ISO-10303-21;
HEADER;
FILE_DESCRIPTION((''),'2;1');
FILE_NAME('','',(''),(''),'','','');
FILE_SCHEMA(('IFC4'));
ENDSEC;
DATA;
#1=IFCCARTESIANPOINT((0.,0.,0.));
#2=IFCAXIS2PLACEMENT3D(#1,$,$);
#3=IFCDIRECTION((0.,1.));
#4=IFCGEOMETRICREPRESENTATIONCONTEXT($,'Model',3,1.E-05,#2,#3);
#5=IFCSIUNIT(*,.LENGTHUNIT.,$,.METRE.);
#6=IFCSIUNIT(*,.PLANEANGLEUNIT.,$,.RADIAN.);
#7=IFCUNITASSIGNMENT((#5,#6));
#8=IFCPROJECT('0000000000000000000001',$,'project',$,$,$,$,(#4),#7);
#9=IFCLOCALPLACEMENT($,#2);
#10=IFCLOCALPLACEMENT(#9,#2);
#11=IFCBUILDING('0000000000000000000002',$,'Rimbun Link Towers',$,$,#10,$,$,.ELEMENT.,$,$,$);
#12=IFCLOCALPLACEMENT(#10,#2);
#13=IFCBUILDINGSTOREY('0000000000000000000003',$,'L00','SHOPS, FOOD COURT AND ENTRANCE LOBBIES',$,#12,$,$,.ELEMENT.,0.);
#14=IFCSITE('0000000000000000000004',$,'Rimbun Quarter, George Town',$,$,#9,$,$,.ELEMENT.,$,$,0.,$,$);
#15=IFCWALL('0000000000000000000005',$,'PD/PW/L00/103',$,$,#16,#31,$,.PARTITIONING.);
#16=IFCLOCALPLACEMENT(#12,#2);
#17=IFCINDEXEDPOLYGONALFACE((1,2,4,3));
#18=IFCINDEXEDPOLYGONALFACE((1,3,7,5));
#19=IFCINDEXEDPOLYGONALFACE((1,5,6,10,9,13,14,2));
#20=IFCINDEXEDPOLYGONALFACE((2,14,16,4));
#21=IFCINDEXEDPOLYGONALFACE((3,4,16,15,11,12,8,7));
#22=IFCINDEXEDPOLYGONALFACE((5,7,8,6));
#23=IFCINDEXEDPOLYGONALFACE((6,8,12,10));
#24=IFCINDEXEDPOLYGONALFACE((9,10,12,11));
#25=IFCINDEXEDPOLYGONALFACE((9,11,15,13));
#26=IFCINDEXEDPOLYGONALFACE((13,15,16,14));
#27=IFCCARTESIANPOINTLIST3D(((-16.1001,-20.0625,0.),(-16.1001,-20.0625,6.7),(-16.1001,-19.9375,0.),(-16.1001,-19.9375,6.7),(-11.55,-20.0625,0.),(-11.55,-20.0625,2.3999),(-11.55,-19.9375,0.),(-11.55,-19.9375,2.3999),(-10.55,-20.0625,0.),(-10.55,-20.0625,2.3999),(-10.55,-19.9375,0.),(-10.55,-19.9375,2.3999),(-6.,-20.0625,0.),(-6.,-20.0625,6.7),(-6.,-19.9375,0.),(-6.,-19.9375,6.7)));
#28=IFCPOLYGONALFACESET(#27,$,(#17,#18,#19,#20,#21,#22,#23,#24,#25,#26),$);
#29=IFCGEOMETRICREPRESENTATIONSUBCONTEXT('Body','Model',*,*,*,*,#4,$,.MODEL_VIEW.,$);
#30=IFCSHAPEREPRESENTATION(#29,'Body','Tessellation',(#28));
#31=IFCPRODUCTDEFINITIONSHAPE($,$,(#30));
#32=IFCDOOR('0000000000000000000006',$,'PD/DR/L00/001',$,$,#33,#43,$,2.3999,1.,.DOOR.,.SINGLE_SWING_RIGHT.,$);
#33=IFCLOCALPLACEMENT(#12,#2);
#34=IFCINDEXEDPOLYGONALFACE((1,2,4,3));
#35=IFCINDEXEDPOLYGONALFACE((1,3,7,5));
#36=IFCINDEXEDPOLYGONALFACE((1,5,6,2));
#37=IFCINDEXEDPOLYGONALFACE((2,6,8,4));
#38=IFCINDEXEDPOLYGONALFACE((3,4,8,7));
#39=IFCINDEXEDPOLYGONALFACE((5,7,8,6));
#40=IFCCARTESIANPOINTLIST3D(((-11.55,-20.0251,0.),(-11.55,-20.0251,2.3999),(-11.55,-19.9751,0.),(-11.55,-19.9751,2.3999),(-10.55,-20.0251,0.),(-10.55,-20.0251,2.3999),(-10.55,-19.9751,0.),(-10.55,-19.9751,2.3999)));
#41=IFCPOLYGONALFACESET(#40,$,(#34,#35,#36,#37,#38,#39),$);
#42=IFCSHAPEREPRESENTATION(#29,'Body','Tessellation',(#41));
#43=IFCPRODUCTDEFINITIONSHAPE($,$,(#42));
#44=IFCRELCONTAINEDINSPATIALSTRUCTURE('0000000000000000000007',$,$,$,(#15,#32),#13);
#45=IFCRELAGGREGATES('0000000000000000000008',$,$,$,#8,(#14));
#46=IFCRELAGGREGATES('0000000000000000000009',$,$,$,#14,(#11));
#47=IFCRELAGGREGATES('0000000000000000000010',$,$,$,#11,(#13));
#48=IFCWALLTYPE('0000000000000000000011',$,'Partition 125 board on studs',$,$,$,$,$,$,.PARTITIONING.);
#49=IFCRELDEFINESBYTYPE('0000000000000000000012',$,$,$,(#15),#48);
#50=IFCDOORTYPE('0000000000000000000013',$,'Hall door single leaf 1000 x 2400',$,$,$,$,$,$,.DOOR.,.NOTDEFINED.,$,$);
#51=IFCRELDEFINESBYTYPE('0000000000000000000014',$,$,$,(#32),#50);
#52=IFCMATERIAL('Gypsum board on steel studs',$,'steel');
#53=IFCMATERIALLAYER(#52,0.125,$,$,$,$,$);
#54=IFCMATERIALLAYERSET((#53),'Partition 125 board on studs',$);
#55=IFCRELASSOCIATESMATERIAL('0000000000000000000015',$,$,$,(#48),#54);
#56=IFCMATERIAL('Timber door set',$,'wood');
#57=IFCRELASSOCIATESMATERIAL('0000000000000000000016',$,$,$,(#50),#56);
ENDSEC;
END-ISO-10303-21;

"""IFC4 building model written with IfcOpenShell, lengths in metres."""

from ifc_helpers import new_model, si_unit, direction, frame, frame_2d, origin, place, context, subcontext, project, spatial, rectangle, extrude, material, layer, layer_set, type_object, element, fill, save


model = new_model("IFC4")

# Units and contexts
model_context = context("Model", 3, precision=1e-05, world=origin(), true_north=direction((0.0, 1.0)))
body_context = subcontext(model_context, "Body", "Model", "MODEL_VIEW")
ifc_project = project(units=[si_unit("LENGTHUNIT", "METRE"), si_unit("PLANEANGLEUNIT", "RADIAN")], contexts=[model_context])

# Site, building, storey
site_placement = place(None, origin())
site = spatial("IfcSite", under=ifc_project, at=site_placement, Name="Rimbun Quarter, George Town", CompositionType="ELEMENT", RefElevation=0.0)
building_placement = place(site_placement, origin())
building = spatial("IfcBuilding", under=site, at=building_placement, Name="Rimbun Link Towers", CompositionType="ELEMENT")
storey_placement = place(building_placement, origin())
storey = spatial("IfcBuildingStorey", under=building, at=storey_placement, Name="L00", Description="SHOPS, FOOD COURT AND ENTRANCE LOBBIES", CompositionType="ELEMENT", Elevation=0.0)

# Wall, opening, door
ifc_material_1 = material(Name="Gypsum board on steel studs", Category="steel")
ifc_layer_1 = layer(ifc_material_1, 0.125)
ifc_layer_set_1 = layer_set([ifc_layer_1], Name="Partition 125 board on studs")
wall_type_1 = type_object("IfcWallType", Name="Partition 125 board on studs", PredefinedType="PARTITIONING", material=ifc_layer_set_1)
wall_1_placement = place(storey_placement, frame((-16.1001, -20.0, 0.0), z_axis=(0.0, 0.0, 1.0), x_axis=(1.0, 0.0, 0.0)))
wall_1 = element("IfcWall", 1, at=wall_1_placement, inside=storey, type_object=wall_type_1, Name="PD/PW/L00/103", PredefinedType="PARTITIONING", context=body_context, shape_type="SweptSolid", body=[
    extrude(rectangle(XDim=10.1001, YDim=0.125, at=frame_2d((5.05, 0.0))), origin(), (0.0, 0.0, 1.0), 6.7),
])
opening_placement = place(wall_1_placement, frame((4.55, 0.0, 0.0)))
opening = element("IfcOpeningElement", 2, at=opening_placement, cuts=wall_1, PredefinedType="OPENING", context=body_context, shape_type="SweptSolid", body=[
    extrude(rectangle(XDim=1.0, YDim=2.3999, at=frame_2d((0.5, 1.2))), frame((0.0, 0.0725, 0.0), z_axis=(0.0, -1.0, 0.0), x_axis=(1.0, 0.0, 0.0)), (0.0, 0.0, 1.0), 0.145),
])
ifc_material_2 = material(Name="Timber door set", Category="wood")
door_type = type_object("IfcDoorType", Name="Hall door single leaf 1000 x 2400", OperationType="NOTDEFINED", PredefinedType="DOOR", material=ifc_material_2)
door_placement = place(opening_placement, origin())
door = element("IfcDoor", 3, at=door_placement, inside=storey, type_object=door_type, Name="PD/DR/L00/001", OperationType="SINGLE_SWING_RIGHT", OverallHeight=2.3999, OverallWidth=1.0, PredefinedType="DOOR", context=body_context, shape_type="SweptSolid", body=[
    extrude(rectangle(XDim=1.0, YDim=2.3999, at=frame_2d((0.5, 1.2))), frame((0.0, 0.0249, 0.0), z_axis=(0.0, -1.0, 0.0), x_axis=(1.0, 0.0, 0.0)), (0.0, 0.0, 1.0), 0.05),
])
fill(opening, door)

save(model, "model.ifc")
